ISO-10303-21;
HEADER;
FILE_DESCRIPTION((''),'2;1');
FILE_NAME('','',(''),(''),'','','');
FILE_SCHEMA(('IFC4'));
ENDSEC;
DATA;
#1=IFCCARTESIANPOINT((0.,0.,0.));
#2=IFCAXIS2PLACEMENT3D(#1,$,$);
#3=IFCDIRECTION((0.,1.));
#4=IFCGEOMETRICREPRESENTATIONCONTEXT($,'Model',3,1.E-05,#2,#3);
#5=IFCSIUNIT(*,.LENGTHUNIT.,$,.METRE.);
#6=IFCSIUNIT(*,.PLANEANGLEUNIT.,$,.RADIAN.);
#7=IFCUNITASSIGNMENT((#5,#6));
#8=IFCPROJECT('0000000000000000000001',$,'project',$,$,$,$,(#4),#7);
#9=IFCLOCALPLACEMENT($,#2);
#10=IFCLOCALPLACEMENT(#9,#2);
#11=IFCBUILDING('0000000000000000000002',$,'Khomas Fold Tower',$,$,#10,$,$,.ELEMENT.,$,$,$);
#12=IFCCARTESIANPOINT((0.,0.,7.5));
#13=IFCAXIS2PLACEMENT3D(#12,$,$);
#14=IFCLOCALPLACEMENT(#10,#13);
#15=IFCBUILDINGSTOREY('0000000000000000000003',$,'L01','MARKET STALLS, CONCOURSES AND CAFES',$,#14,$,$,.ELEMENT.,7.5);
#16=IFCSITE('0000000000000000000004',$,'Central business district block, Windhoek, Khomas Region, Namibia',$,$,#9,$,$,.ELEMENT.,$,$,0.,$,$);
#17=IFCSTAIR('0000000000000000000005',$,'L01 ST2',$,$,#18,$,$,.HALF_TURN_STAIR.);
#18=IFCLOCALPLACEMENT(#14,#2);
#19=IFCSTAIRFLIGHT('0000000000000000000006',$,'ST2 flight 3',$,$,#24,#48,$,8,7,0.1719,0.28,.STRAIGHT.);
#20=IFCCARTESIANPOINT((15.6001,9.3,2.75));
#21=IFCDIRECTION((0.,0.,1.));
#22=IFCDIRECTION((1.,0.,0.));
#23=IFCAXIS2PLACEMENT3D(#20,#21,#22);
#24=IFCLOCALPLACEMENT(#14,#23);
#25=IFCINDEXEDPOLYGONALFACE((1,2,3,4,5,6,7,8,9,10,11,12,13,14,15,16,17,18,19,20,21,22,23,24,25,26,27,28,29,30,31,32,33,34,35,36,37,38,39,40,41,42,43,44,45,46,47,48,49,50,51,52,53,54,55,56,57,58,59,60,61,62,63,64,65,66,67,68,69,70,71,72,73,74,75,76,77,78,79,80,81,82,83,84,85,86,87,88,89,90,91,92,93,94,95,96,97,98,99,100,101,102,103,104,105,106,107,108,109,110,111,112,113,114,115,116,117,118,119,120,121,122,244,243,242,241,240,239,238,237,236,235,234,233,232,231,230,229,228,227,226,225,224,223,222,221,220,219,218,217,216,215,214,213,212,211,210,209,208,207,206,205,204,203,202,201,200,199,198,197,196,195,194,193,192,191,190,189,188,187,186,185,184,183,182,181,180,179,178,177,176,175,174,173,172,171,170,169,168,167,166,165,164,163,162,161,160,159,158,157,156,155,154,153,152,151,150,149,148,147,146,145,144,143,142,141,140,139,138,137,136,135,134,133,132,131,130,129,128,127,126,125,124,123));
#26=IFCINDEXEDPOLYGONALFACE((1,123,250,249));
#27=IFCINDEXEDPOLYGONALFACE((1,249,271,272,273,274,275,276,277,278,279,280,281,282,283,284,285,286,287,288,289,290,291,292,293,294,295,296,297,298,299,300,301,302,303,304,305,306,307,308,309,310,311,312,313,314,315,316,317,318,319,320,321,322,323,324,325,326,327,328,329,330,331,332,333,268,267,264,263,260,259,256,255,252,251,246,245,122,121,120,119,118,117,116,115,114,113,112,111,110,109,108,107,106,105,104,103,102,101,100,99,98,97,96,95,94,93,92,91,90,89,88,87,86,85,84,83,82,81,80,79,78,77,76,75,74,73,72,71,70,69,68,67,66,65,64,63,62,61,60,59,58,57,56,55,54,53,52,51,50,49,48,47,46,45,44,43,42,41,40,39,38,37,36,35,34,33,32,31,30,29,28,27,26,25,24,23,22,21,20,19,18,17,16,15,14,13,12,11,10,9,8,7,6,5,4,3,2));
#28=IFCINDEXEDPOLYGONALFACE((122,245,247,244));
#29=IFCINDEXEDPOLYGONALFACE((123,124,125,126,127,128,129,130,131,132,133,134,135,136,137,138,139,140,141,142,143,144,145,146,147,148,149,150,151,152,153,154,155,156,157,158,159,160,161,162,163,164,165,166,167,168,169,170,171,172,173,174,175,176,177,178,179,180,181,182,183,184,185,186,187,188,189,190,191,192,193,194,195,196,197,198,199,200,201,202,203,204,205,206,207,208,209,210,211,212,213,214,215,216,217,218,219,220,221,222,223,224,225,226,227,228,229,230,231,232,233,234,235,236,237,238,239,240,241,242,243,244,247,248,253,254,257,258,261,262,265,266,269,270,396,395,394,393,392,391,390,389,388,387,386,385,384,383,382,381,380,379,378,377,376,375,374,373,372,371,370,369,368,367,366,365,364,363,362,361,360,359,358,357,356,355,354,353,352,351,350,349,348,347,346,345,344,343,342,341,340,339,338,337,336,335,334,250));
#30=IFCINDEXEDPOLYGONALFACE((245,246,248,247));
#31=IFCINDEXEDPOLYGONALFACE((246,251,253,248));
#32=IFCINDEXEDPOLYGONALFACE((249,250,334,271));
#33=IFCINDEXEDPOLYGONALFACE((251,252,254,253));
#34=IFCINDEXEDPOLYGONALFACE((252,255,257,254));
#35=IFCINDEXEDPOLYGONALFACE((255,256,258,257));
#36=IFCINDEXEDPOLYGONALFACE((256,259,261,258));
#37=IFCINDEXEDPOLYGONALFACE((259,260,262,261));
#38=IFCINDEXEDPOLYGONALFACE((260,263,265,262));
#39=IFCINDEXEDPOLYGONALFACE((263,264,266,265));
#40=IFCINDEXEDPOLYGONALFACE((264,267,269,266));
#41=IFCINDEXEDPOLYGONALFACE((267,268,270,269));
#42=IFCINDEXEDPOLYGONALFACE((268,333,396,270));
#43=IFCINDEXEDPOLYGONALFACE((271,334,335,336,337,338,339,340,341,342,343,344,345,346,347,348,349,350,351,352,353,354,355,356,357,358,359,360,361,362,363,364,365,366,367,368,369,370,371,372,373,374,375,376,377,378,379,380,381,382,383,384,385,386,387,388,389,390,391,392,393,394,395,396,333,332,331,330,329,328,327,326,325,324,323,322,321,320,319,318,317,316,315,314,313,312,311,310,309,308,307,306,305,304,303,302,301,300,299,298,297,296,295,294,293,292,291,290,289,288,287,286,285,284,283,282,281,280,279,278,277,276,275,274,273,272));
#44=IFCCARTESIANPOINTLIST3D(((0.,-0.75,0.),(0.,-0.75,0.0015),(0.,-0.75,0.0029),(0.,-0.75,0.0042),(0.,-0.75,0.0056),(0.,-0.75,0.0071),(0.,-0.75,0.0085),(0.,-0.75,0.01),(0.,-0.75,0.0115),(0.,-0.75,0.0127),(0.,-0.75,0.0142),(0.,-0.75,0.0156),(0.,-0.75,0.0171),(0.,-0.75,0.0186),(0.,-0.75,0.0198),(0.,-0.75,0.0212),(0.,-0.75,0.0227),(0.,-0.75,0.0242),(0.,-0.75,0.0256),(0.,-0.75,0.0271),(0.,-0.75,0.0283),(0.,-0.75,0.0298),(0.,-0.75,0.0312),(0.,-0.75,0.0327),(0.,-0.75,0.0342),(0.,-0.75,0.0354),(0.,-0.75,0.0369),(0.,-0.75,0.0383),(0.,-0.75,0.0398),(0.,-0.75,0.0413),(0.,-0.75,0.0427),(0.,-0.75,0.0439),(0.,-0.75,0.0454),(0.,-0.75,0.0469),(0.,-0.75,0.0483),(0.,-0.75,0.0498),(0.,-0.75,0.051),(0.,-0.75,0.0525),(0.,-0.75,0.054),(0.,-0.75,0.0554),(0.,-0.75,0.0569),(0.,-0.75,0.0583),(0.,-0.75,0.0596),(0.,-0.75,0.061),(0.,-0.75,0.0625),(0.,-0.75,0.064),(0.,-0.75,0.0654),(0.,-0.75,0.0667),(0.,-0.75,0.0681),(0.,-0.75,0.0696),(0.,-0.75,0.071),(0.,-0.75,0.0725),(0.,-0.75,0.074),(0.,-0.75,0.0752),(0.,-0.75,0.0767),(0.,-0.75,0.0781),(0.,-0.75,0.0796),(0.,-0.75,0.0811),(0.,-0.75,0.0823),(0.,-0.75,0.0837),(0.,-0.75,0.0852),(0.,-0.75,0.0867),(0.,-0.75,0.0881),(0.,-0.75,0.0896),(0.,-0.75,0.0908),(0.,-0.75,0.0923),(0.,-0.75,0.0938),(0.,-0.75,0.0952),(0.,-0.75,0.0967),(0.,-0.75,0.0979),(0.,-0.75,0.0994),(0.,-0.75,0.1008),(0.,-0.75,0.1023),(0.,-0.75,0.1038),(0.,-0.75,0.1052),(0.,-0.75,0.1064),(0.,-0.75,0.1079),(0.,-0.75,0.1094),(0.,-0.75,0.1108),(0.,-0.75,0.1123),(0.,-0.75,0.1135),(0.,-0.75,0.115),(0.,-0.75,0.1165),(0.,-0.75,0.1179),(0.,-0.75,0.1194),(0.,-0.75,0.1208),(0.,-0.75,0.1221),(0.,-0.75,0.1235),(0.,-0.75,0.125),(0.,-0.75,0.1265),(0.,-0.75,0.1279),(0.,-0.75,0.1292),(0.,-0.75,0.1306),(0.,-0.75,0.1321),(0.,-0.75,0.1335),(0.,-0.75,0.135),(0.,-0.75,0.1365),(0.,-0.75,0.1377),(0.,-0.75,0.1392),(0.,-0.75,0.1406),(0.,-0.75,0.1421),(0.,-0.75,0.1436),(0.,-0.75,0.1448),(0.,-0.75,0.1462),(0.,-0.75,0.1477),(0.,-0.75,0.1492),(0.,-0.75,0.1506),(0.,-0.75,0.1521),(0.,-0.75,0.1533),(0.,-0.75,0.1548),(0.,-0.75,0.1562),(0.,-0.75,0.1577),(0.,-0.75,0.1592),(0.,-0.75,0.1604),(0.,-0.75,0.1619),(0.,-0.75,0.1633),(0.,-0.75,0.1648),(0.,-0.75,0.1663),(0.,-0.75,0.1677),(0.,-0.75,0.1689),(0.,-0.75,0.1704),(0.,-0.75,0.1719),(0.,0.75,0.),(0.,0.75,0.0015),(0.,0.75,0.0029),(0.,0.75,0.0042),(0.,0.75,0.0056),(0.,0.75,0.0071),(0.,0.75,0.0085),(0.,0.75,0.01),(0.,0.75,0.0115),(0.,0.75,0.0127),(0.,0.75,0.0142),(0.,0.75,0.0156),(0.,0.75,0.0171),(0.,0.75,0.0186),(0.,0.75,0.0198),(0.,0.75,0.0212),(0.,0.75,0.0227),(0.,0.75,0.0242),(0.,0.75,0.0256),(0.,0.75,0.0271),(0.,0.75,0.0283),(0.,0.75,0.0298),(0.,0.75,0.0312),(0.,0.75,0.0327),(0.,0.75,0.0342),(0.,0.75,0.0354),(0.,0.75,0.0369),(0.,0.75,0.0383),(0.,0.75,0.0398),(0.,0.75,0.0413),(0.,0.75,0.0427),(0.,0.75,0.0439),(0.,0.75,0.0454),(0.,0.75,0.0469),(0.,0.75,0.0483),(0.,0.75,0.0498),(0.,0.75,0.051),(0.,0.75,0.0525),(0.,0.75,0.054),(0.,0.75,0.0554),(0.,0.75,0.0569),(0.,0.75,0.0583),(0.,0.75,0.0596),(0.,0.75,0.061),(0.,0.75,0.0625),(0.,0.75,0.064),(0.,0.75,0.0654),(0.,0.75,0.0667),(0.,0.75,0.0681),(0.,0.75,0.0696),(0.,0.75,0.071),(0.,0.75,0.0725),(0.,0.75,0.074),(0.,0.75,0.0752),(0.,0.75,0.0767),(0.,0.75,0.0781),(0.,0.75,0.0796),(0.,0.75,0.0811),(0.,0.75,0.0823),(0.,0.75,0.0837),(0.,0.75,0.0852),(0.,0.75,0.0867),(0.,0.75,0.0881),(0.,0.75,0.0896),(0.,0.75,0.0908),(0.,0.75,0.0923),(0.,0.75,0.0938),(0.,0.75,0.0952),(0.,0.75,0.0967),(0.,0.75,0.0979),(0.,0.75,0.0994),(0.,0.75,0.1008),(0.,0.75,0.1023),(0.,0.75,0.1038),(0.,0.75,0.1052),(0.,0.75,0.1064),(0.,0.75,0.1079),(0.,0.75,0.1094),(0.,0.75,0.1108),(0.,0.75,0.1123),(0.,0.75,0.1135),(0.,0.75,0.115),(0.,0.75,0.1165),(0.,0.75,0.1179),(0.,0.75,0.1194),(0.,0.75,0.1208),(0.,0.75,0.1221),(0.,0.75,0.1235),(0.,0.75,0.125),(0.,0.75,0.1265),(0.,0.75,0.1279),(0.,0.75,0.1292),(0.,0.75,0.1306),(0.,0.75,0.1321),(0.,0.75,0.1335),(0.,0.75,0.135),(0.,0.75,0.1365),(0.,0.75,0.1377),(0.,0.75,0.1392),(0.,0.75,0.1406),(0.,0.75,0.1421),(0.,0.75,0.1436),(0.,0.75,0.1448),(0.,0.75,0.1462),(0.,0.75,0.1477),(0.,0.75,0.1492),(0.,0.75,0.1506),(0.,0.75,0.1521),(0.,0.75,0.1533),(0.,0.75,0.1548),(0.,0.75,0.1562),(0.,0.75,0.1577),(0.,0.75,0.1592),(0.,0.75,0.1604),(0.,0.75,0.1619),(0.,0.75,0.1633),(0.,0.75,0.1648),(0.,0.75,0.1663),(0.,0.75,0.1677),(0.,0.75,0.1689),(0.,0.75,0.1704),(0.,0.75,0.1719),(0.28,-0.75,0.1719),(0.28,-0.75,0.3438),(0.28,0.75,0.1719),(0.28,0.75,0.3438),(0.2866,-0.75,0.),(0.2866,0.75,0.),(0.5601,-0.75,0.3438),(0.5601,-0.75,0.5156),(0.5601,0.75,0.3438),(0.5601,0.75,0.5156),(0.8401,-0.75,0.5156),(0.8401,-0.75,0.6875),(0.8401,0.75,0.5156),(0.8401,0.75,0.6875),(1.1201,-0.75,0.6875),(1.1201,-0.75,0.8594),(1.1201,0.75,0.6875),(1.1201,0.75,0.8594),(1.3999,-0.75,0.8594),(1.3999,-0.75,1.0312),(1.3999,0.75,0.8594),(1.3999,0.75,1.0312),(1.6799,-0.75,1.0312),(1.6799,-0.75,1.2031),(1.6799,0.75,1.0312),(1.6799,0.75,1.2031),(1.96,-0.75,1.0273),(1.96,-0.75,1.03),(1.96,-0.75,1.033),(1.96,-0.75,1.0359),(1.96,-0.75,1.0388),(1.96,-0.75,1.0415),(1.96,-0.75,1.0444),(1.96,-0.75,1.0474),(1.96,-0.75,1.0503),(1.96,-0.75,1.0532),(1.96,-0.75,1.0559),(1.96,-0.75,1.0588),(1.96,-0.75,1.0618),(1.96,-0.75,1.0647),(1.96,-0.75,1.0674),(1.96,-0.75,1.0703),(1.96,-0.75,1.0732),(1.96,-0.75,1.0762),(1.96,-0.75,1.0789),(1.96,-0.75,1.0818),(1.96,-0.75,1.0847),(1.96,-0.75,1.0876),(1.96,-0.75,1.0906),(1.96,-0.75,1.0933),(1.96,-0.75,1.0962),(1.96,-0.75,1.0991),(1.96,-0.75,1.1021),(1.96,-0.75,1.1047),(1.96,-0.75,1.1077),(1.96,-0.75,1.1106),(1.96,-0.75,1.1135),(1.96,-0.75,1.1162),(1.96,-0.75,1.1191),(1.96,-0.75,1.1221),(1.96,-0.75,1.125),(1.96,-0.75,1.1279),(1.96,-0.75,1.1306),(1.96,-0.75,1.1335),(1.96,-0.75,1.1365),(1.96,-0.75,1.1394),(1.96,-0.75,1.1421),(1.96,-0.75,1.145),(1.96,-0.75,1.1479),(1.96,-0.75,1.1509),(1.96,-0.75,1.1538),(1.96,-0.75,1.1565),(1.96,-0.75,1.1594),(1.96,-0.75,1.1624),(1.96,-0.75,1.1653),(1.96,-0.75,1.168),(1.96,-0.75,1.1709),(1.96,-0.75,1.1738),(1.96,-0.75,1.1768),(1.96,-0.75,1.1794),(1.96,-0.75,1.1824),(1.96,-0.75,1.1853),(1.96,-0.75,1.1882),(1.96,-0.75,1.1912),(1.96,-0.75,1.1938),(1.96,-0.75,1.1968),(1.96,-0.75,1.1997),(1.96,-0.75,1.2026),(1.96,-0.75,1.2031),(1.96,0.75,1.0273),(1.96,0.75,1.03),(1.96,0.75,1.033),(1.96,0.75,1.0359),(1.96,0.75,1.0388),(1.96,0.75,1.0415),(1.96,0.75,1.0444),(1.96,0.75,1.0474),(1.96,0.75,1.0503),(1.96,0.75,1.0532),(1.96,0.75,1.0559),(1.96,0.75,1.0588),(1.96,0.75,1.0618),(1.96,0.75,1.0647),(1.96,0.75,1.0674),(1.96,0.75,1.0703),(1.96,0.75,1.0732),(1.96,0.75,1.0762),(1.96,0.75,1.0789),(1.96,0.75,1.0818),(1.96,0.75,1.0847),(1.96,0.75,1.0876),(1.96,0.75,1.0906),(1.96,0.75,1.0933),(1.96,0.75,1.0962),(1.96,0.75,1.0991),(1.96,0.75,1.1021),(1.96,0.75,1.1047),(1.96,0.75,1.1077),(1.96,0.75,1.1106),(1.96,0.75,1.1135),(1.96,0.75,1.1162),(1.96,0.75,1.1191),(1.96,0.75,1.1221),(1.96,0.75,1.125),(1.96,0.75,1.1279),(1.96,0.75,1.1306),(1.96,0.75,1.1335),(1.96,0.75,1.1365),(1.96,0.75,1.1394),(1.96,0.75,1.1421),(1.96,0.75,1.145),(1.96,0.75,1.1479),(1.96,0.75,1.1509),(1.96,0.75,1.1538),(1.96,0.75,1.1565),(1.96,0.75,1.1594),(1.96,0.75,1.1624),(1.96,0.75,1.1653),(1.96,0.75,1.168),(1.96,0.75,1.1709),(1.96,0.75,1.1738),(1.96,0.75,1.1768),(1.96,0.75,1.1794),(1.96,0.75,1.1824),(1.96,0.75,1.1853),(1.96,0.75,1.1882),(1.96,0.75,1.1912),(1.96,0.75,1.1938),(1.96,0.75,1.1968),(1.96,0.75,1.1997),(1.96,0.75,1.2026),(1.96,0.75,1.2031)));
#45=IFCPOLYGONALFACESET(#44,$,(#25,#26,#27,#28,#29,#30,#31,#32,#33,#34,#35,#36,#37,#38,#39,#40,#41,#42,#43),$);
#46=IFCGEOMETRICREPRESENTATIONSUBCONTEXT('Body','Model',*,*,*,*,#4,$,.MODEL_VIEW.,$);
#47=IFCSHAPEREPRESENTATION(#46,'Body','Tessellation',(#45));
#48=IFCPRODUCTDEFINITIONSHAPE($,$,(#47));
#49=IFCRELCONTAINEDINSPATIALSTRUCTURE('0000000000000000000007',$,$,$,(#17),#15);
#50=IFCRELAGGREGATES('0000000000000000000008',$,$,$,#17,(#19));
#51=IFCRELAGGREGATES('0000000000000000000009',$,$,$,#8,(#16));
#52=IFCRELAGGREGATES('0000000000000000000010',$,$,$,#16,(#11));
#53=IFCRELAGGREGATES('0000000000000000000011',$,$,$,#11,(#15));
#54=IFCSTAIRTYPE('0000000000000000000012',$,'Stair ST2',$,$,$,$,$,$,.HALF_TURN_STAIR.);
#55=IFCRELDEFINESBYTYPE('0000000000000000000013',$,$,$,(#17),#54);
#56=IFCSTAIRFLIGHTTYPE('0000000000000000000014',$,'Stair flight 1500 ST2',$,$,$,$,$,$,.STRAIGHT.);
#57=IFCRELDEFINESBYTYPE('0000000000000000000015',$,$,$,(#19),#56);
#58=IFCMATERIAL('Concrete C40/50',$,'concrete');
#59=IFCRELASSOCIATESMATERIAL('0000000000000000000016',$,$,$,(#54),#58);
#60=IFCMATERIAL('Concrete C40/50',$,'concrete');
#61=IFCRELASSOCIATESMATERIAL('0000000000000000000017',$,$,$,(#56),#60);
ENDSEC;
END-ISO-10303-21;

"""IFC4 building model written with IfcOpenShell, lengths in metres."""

from ifc_helpers import new_model, si_unit, direction, frame, origin, place, context, subcontext, project, spatial, polyline, outline, extrude, source, transform, mapped, material, type_object, element, aggregate, save


model = new_model("IFC4")

# Units and contexts
model_context = context("Model", 3, precision=1e-05, world=origin(), true_north=direction((0.0, 1.0)))
body_context = subcontext(model_context, "Body", "Model", "MODEL_VIEW")
ifc_project = project(units=[si_unit("LENGTHUNIT", "METRE"), si_unit("PLANEANGLEUNIT", "RADIAN")], contexts=[model_context])

# Site, building, storey
site_placement = place(None, origin())
site = spatial("IfcSite", under=ifc_project, at=site_placement, Name="Central business district block, Windhoek, Khomas Region, Namibia", CompositionType="ELEMENT", RefElevation=0.0)
building_placement = place(site_placement, origin())
building = spatial("IfcBuilding", under=site, at=building_placement, Name="Khomas Fold Tower", CompositionType="ELEMENT")
storey_placement = place(building_placement, frame((0.0, 0.0, 7.5)))
storey = spatial("IfcBuildingStorey", under=building, at=storey_placement, Name="L01", Description="MARKET STALLS, CONCOURSES AND CAFES", CompositionType="ELEMENT", Elevation=7.5)

# Stair, stair flight
ifc_material_1 = material(Name="Concrete C40/50", Category="concrete")
stair_type = type_object("IfcStairType", Name="Stair ST2", PredefinedType="HALF_TURN_STAIR", material=ifc_material_1)
stair_placement = place(storey_placement, origin())
stair = element("IfcStair", 1, at=stair_placement, inside=storey, type_object=stair_type, Name="L01 ST2", PredefinedType="HALF_TURN_STAIR")
ifc_material_2 = material(Name="Concrete C40/50", Category="concrete")
stair_flight_type = type_object("IfcStairFlightType", Name="Stair flight 1500 ST2", PredefinedType="STRAIGHT", material=ifc_material_2)
shared_shape_1 = source(origin(), body_context, "Body", "SweptSolid", [
    extrude(outline(polyline([(0.0, 0.0), (0.0, 0.0015), (0.0, 0.0029), (0.0, 0.0042), (0.0, 0.0056), (0.0, 0.0071), (0.0, 0.0085), (0.0, 0.01), (0.0, 0.0115), (0.0, 0.0127), (0.0, 0.0142), (0.0, 0.0156), (0.0, 0.0171), (0.0, 0.0186), (0.0, 0.0198), (0.0, 0.0212), (0.0, 0.0227), (0.0, 0.0242), (0.0, 0.0256), (0.0, 0.0271), (0.0, 0.0283), (0.0, 0.0298), (0.0, 0.0312), (0.0, 0.0327), (0.0, 0.0342), (0.0, 0.0354), (0.0, 0.0369), (0.0, 0.0383), (0.0, 0.0398), (0.0, 0.0413), (0.0, 0.0427), (0.0, 0.0439), (0.0, 0.0454), (0.0, 0.0469), (0.0, 0.0483), (0.0, 0.0498), (0.0, 0.051), (0.0, 0.0525), (0.0, 0.054), (0.0, 0.0554), (0.0, 0.0569), (0.0, 0.0583), (0.0, 0.0596), (0.0, 0.061), (0.0, 0.0625), (0.0, 0.064), (0.0, 0.0654), (0.0, 0.0667), (0.0, 0.0681), (0.0, 0.0696), (0.0, 0.071), (0.0, 0.0725), (0.0, 0.074), (0.0, 0.0752), (0.0, 0.0767), (0.0, 0.0781), (0.0, 0.0796), (0.0, 0.0811), (0.0, 0.0823), (0.0, 0.0837), (0.0, 0.0852), (0.0, 0.0867), (0.0, 0.0881), (0.0, 0.0896), (0.0, 0.0908), (0.0, 0.0923), (0.0, 0.0938), (0.0, 0.0952), (0.0, 0.0967), (0.0, 0.0979), (0.0, 0.0994), (0.0, 0.1008), (0.0, 0.1023), (0.0, 0.1038), (0.0, 0.1052), (0.0, 0.1064), (0.0, 0.1079), (0.0, 0.1094), (0.0, 0.1108), (0.0, 0.1123), (0.0, 0.1135), (0.0, 0.115), (0.0, 0.1165), (0.0, 0.1179), (0.0, 0.1194), (0.0, 0.1208), (0.0, 0.1221), (0.0, 0.1235), (0.0, 0.125), (0.0, 0.1265), (0.0, 0.1279), (0.0, 0.1292), (0.0, 0.1306), (0.0, 0.1321), (0.0, 0.1335), (0.0, 0.135), (0.0, 0.1365), (0.0, 0.1377), (0.0, 0.1392), (0.0, 0.1406), (0.0, 0.1421), (0.0, 0.1436), (0.0, 0.1448), (0.0, 0.1462), (0.0, 0.1477), (0.0, 0.1492), (0.0, 0.1506), (0.0, 0.1521), (0.0, 0.1533), (0.0, 0.1548), (0.0, 0.1562), (0.0, 0.1577), (0.0, 0.1592), (0.0, 0.1604), (0.0, 0.1619), (0.0, 0.1633), (0.0, 0.1648), (0.0, 0.1663), (0.0, 0.1677), (0.0, 0.1689), (0.0, 0.1704), (0.0, 0.1719), (0.28, 0.1719), (0.28, 0.3438), (0.5601, 0.3438), (0.5601, 0.5156), (0.8401, 0.5156), (0.8401, 0.6875), (1.1201, 0.6875), (1.1201, 0.8594), (1.3999, 0.8594), (1.3999, 1.0312), (1.6799, 1.0312), (1.6799, 1.2031), (1.96, 1.2031), (1.96, 1.375), (1.96, 1.3721), (1.96, 1.3691), (1.96, 1.3665), (1.96, 1.3635), (1.96, 1.3606), (1.96, 1.3577), (1.96, 1.355), (1.96, 1.3521), (1.96, 1.3491), (1.96, 1.3462), (1.96, 1.3435), (1.96, 1.3406), (1.96, 1.3376), (1.96, 1.3347), (1.96, 1.3318), (1.96, 1.3291), (1.96, 1.3262), (1.96, 1.3232), (1.96, 1.3203), (1.96, 1.3176), (1.96, 1.3147), (1.96, 1.3118), (1.96, 1.3088), (1.96, 1.3059), (1.96, 1.3032), (1.96, 1.3003), (1.96, 1.2974), (1.96, 1.2944), (1.96, 1.2917), (1.96, 1.2888), (1.96, 1.2859), (1.96, 1.283), (1.96, 1.2803), (1.96, 1.2773), (1.96, 1.2744), (1.96, 1.2715), (1.96, 1.2686), (1.96, 1.2659), (1.96, 1.2629), (1.96, 1.26), (1.96, 1.2571), (1.96, 1.2544), (1.96, 1.2515), (1.96, 1.2485), (1.96, 1.2456), (1.96, 1.2427), (1.96, 1.24), (1.96, 1.2371), (1.96, 1.2341), (1.96, 1.2312), (1.96, 1.2285), (1.96, 1.2256), (1.96, 1.2227), (1.96, 1.2197), (1.96, 1.217), (1.96, 1.2141), (1.96, 1.2112), (1.96, 1.2083), (1.96, 1.2053), (1.96, 1.2026), (1.96, 1.1997), (1.96, 1.1968), (1.96, 1.1938), (1.96, 1.1912), (1.96, 1.1882), (1.96, 1.1853), (1.96, 1.1824), (1.96, 1.1794), (1.96, 1.1768), (1.96, 1.1738), (1.96, 1.1709), (1.96, 1.168), (1.96, 1.1653), (1.96, 1.1624), (1.96, 1.1594), (1.96, 1.1565), (1.96, 1.1538), (1.96, 1.1509), (1.96, 1.1479), (1.96, 1.145), (1.96, 1.1421), (1.96, 1.1394), (1.96, 1.1365), (1.96, 1.1335), (1.96, 1.1306), (1.96, 1.1279), (1.96, 1.125), (1.96, 1.1221), (1.96, 1.1191), (1.96, 1.1162), (1.96, 1.1135), (1.96, 1.1106), (1.96, 1.1077), (1.96, 1.1047), (1.96, 1.1021), (1.96, 1.0991), (1.96, 1.0962), (1.96, 1.0933), (1.96, 1.0906), (1.96, 1.0876), (1.96, 1.0847), (1.96, 1.0818), (1.96, 1.0789), (1.96, 1.0762), (1.96, 1.0732), (1.96, 1.0703), (1.96, 1.0674), (1.96, 1.0647), (1.96, 1.0618), (1.96, 1.0588), (1.96, 1.0559), (1.96, 1.0532), (1.96, 1.0503), (1.96, 1.0474), (1.96, 1.0444), (1.96, 1.0415), (1.96, 1.0388), (1.96, 1.0359), (1.96, 1.033), (1.96, 1.03), (1.96, 1.0273), (0.2866, 0.0), (0.0, 0.0)])), frame((0.0, 0.75, 0.0), z_axis=(0.0, -1.0, 0.0), x_axis=(1.0, 0.0, 0.0)), (0.0, 0.0, 1.0), 1.5),
])
stair_flight_1_placement = place(storey_placement, frame((15.6001, 9.3, 2.75), z_axis=(0.0, 0.0, 1.0), x_axis=(1.0, 0.0, 0.0)))
stair_flight_1 = element("IfcStairFlight", 2, at=stair_flight_1_placement, type_object=stair_flight_type, Name="ST2 flight 3", NumberOfRisers=8, NumberOfTreads=7, PredefinedType="STRAIGHT", RiserHeight=0.1719, TreadLength=0.28, context=body_context, shape_type="MappedRepresentation", body=[
    mapped(shared_shape_1, transform((0.0, 0.0, 0.0))),
])
aggregate(stair, [stair_flight_1])

save(model, "model.ifc")
